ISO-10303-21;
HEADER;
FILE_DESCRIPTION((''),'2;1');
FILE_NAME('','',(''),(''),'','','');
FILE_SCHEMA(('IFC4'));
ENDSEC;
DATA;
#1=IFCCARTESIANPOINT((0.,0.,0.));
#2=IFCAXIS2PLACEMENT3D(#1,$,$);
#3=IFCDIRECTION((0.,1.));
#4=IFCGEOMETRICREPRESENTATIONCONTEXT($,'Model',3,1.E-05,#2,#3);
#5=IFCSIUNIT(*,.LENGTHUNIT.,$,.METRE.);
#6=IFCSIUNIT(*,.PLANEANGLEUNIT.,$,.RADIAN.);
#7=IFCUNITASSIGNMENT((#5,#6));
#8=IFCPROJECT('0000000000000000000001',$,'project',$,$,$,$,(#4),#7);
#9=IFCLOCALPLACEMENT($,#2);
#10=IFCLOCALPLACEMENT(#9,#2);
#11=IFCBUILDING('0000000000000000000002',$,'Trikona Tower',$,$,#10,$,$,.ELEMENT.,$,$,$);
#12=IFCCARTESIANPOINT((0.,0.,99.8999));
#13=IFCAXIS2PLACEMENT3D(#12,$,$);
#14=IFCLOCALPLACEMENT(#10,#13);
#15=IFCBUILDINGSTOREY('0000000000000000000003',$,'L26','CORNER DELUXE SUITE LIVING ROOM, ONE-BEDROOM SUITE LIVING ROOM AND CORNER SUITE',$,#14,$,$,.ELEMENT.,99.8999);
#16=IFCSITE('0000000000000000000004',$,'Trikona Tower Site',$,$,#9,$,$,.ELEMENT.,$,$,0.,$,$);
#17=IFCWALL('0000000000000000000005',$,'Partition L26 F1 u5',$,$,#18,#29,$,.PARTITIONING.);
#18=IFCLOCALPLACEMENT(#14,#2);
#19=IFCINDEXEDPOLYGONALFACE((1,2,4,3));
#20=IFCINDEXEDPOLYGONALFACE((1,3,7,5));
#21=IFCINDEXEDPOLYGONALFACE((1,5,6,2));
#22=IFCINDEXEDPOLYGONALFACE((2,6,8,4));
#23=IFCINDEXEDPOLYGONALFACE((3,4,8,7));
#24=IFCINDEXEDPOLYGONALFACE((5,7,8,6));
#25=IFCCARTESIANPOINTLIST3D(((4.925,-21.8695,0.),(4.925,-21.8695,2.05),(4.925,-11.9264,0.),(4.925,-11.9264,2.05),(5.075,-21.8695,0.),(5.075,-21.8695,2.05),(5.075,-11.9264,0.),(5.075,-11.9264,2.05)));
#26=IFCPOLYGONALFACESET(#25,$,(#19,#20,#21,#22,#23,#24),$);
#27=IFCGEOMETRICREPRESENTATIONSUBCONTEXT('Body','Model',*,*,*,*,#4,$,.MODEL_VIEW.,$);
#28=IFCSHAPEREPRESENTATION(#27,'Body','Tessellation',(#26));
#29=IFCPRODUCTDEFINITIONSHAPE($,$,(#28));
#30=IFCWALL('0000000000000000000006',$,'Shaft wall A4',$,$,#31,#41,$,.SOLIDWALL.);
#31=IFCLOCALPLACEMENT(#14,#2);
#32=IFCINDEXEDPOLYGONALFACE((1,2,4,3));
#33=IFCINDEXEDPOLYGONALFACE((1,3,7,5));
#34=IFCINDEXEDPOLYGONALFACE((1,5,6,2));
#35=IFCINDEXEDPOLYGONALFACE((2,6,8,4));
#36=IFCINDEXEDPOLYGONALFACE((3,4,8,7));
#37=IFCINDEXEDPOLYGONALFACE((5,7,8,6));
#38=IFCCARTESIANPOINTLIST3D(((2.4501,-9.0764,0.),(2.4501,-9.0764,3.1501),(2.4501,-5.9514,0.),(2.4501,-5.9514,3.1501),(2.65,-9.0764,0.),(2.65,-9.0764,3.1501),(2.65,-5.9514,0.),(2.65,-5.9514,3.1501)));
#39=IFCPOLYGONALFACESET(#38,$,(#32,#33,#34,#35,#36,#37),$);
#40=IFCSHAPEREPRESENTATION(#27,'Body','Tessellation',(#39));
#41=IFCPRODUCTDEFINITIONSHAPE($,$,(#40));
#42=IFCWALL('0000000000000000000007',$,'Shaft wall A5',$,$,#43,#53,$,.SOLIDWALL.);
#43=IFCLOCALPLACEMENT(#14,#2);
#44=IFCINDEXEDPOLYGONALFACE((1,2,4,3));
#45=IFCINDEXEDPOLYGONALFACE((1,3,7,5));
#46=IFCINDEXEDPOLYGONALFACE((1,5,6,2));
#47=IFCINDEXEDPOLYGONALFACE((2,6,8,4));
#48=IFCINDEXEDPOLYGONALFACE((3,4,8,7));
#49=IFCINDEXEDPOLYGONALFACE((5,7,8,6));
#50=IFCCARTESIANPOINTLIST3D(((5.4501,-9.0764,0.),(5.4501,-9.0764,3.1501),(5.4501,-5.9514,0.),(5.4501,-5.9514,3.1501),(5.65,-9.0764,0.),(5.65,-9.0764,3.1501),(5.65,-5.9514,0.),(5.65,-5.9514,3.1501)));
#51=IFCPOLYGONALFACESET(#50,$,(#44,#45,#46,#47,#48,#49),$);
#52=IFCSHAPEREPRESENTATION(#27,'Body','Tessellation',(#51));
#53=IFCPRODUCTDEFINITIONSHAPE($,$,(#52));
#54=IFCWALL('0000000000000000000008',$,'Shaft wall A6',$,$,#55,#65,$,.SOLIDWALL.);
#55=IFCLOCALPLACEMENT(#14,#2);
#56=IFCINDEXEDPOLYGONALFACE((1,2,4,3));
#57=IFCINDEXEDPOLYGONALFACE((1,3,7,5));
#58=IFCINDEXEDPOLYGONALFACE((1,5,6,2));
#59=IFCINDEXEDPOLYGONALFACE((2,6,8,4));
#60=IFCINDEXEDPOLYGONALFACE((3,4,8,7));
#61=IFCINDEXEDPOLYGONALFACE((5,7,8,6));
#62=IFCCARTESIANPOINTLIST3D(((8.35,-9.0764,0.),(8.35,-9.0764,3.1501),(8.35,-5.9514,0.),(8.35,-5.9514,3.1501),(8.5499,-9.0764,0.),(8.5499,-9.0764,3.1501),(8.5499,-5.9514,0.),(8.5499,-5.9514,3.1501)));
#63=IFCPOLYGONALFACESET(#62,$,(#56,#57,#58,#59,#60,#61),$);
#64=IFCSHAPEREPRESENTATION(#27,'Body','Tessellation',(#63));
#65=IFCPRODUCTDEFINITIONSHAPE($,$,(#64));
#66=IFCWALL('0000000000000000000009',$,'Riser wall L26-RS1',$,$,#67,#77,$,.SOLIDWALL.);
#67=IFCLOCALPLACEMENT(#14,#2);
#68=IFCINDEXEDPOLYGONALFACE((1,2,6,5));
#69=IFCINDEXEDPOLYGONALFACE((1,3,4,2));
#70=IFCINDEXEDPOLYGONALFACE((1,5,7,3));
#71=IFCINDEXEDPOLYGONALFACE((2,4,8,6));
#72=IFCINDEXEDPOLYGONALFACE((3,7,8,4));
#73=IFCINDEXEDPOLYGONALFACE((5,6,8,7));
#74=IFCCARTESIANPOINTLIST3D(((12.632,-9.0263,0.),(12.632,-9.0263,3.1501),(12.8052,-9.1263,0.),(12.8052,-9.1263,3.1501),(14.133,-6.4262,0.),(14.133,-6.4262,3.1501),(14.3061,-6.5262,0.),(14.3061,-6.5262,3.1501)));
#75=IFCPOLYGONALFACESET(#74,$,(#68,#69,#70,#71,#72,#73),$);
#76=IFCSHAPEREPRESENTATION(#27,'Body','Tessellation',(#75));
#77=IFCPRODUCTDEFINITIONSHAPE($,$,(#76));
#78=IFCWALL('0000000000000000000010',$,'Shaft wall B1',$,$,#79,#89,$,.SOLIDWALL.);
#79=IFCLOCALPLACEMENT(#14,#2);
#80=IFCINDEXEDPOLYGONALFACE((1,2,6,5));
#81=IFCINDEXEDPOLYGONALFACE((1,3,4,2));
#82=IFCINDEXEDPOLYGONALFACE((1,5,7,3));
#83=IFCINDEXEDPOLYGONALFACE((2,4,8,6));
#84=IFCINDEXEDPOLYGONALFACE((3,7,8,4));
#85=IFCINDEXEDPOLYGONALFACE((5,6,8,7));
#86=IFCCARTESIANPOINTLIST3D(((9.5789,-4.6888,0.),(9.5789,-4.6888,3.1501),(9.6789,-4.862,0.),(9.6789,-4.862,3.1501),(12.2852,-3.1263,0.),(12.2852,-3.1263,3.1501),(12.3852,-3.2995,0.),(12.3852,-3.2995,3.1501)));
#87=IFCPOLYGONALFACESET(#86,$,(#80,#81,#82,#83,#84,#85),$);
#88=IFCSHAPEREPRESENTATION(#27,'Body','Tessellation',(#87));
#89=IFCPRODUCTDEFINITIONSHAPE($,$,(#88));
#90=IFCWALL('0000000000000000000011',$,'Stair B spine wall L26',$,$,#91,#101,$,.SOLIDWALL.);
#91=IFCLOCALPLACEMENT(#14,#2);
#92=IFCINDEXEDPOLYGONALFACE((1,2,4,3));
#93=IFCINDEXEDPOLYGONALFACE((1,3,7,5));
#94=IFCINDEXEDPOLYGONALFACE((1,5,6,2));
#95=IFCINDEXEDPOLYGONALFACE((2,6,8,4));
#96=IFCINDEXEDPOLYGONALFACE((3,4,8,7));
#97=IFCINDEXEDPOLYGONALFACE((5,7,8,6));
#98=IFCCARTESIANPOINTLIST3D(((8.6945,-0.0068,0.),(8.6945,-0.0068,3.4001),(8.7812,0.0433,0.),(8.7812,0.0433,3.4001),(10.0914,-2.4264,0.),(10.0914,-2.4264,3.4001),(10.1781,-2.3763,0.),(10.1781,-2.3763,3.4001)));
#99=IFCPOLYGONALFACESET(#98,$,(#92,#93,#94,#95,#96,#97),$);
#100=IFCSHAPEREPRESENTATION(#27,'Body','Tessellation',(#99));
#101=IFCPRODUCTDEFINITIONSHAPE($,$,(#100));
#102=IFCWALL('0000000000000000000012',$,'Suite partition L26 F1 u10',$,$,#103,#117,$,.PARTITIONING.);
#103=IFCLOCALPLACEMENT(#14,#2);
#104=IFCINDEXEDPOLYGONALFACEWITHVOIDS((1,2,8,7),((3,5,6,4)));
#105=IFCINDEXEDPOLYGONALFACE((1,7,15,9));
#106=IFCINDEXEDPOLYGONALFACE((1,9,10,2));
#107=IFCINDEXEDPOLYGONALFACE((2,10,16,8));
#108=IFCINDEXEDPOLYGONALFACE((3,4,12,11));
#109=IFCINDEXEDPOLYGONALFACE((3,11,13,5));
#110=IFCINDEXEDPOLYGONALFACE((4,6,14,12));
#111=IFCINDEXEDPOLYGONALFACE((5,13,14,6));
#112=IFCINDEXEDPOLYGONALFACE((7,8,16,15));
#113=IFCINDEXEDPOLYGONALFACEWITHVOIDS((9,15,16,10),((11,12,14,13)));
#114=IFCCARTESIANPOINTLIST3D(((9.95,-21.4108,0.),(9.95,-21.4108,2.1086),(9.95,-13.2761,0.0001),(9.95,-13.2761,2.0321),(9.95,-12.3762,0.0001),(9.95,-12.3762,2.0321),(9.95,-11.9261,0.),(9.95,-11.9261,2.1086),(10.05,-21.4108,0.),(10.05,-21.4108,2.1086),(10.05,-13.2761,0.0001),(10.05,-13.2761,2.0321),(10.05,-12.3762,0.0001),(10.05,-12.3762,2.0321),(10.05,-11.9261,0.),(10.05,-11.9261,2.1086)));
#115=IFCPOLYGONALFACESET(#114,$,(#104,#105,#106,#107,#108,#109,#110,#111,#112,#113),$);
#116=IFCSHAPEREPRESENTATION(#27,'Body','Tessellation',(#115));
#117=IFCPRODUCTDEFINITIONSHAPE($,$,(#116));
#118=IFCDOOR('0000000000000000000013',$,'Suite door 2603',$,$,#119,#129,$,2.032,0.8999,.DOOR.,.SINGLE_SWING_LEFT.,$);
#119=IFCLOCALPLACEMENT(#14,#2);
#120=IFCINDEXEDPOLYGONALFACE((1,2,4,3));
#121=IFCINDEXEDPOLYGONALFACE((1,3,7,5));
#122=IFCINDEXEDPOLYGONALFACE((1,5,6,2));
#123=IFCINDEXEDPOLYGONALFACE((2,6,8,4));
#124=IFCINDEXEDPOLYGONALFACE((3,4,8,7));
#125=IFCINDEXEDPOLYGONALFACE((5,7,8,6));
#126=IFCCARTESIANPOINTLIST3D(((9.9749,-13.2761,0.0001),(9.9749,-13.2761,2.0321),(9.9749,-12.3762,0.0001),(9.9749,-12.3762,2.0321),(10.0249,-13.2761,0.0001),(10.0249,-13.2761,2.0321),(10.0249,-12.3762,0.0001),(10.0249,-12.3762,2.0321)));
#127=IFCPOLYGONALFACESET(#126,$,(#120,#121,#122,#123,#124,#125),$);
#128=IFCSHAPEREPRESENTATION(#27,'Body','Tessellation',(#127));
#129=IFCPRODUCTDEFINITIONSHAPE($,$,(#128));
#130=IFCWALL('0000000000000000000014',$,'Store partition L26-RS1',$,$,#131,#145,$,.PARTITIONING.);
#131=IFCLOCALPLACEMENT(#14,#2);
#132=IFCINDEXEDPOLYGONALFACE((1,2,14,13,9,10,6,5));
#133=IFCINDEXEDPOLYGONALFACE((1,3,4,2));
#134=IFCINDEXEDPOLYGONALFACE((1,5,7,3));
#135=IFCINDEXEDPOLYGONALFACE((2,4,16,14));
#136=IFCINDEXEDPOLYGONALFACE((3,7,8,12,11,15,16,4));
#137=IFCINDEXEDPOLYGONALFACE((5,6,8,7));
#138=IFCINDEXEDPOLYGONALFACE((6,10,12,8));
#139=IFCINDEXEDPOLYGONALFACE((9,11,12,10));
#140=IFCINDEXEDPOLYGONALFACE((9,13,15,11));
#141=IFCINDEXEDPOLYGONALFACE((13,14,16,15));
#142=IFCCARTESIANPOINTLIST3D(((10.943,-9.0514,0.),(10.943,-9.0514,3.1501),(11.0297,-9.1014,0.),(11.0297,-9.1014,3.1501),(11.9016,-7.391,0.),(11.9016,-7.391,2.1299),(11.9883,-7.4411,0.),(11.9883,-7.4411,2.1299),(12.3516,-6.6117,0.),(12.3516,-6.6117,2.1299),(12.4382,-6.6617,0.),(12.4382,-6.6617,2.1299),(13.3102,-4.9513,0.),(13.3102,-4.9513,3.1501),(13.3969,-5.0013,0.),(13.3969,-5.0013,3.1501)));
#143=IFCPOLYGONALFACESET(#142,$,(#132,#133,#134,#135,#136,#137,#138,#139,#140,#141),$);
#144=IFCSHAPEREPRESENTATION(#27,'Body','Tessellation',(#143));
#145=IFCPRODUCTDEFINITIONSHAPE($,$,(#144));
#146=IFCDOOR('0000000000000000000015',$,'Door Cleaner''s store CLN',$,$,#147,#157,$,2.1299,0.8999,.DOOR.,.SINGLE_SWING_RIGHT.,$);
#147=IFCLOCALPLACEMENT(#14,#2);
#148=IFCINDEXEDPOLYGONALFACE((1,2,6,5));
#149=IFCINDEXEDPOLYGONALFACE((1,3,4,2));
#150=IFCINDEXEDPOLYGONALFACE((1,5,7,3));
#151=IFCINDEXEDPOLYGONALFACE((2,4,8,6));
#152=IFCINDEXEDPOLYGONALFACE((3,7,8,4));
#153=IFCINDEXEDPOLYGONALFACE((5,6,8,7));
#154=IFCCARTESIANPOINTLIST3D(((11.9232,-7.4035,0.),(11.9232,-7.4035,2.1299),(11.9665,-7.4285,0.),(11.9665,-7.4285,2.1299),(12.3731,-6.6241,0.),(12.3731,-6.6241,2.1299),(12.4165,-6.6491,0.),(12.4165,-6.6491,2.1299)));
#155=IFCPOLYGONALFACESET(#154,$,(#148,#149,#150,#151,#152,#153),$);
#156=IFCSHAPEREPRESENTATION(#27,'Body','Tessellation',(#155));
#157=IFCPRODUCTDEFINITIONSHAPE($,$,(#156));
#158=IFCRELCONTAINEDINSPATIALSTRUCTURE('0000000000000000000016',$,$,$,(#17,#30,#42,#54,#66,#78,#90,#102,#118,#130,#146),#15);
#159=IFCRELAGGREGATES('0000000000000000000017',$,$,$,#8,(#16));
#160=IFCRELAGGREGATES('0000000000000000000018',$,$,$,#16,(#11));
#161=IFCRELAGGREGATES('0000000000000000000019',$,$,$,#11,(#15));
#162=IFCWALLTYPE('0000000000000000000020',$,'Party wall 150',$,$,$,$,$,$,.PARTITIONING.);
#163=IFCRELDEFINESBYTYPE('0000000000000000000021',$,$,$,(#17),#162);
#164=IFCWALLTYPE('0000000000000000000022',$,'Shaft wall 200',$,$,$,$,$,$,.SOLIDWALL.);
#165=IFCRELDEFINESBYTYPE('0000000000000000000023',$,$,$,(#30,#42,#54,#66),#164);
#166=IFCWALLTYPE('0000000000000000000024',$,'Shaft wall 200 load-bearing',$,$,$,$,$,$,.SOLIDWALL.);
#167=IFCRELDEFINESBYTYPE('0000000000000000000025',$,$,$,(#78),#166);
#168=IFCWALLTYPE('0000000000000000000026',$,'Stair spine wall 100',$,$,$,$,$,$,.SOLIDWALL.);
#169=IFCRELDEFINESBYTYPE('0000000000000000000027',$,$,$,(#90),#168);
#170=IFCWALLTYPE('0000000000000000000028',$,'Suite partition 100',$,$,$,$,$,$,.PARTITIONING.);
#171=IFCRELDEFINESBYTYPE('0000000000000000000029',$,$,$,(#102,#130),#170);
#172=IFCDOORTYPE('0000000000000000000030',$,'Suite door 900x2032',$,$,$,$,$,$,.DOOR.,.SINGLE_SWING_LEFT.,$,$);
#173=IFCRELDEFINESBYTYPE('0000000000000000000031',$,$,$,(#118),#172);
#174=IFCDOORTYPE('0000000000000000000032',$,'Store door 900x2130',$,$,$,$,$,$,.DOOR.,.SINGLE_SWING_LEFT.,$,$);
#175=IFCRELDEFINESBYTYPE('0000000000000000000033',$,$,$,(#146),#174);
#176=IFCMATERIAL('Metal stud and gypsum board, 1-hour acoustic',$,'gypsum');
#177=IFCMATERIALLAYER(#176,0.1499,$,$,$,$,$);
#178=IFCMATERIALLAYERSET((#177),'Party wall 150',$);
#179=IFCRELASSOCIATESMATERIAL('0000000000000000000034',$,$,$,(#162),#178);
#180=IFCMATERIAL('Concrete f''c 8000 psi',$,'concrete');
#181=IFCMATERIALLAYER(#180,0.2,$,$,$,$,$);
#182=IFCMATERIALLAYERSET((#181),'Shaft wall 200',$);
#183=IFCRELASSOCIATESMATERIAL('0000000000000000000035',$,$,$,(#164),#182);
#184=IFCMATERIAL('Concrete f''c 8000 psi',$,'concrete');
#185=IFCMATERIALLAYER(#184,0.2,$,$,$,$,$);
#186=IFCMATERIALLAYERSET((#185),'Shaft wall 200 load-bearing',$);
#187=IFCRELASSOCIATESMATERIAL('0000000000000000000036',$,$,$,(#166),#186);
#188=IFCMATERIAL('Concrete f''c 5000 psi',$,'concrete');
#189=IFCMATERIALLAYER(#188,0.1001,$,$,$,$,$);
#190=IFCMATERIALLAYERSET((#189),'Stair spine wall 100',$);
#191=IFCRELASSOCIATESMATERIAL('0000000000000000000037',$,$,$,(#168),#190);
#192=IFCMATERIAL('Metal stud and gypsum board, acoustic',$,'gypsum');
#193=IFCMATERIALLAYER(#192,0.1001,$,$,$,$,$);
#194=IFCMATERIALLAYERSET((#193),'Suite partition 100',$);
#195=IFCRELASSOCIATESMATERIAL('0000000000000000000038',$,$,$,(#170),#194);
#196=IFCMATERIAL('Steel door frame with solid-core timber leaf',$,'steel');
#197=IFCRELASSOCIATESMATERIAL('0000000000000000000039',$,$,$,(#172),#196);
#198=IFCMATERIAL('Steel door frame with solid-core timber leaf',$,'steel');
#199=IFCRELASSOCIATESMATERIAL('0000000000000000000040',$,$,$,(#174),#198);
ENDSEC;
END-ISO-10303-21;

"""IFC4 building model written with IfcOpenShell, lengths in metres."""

from ifc_helpers import new_model, si_unit, direction, frame, frame_2d, origin, place, context, subcontext, project, spatial, rectangle, extrude, material, layer, layer_set, type_object, element, fill, save


model = new_model("IFC4")

# Units and contexts
model_context = context("Model", 3, precision=1e-05, world=origin(), true_north=direction((0.0, 1.0)))
body_context = subcontext(model_context, "Body", "Model", "MODEL_VIEW")
ifc_project = project(units=[si_unit("LENGTHUNIT", "METRE"), si_unit("PLANEANGLEUNIT", "RADIAN")], contexts=[model_context])

# Site, building, storey
site_placement = place(None, origin())
site = spatial("IfcSite", under=ifc_project, at=site_placement, Name="Trikona Tower Site", CompositionType="ELEMENT", RefElevation=0.0)
building_placement = place(site_placement, origin())
building = spatial("IfcBuilding", under=site, at=building_placement, Name="Trikona Tower", CompositionType="ELEMENT")
storey_placement = place(building_placement, frame((0.0, 0.0, 99.8999)))
storey = spatial("IfcBuildingStorey", under=building, at=storey_placement, Name="L26", Description="CORNER DELUXE SUITE LIVING ROOM, ONE-BEDROOM SUITE LIVING ROOM AND CORNER SUITE", CompositionType="ELEMENT", Elevation=99.8999)

# Walls
ifc_material_1 = material(Name="Metal stud and gypsum board, 1-hour acoustic", Category="gypsum")
ifc_layer_1 = layer(ifc_material_1, 0.1499)
ifc_layer_set_1 = layer_set([ifc_layer_1], Name="Party wall 150")
wall_type_1 = type_object("IfcWallType", Name="Party wall 150", PredefinedType="PARTITIONING", material=ifc_layer_set_1)
wall_1_placement = place(storey_placement, frame((5.0, -11.9263, 0.0), z_axis=(0.0, 0.0, 1.0), x_axis=(0.0, -1.0, 0.0)))
element("IfcWall", 1, at=wall_1_placement, inside=storey, type_object=wall_type_1, Name="Partition L26 F1 u5", PredefinedType="PARTITIONING", context=body_context, shape_type="SweptSolid", body=[
    extrude(rectangle(XDim=9.9431, YDim=0.1499, at=frame_2d((4.9717, 0.0))), origin(), (0.0, 0.0, 1.0), 2.05),
])
ifc_material_2 = material(Name="Concrete f'c 8000 psi", Category="concrete")
ifc_layer_2 = layer(ifc_material_2, 0.2)
ifc_layer_set_2 = layer_set([ifc_layer_2], Name="Shaft wall 200")
wall_type_2 = type_object("IfcWallType", Name="Shaft wall 200", PredefinedType="SOLIDWALL", material=ifc_layer_set_2)
for number, where, z_axis, x_axis, name in (
    (2, (2.55, -5.9514, 0.0), (0.0, 0.0, 1.0), (0.0, -1.0, 0.0), "Shaft wall A4"),
    (3, (5.55, -5.9514, 0.0), (0.0, 0.0, 1.0), (0.0, -1.0, 0.0), "Shaft wall A5"),
    (4, (8.45, -5.9514, 0.0), (0.0, 0.0, 1.0), (0.0, -1.0, 0.0), "Shaft wall A6"),
):
    element("IfcWall", number, at=place(storey_placement, frame(where, z_axis=z_axis, x_axis=x_axis)), inside=storey, type_object=wall_type_2, Name=name, PredefinedType="SOLIDWALL", context=body_context, shape_type="SweptSolid", body=[
        extrude(rectangle(XDim=3.125, YDim=0.2, at=frame_2d((1.5625, 0.0))), origin(), (0.0, 0.0, 1.0), 3.1501),
    ])
wall_2_placement = place(storey_placement, frame((14.2195, -6.4763, 0.0), z_axis=(0.0, 0.0, 1.0), x_axis=(-0.499952, -0.866053, 0.0)))
element("IfcWall", 5, at=wall_2_placement, inside=storey, type_object=wall_type_2, Name="Riser wall L26-RS1", PredefinedType="SOLIDWALL", context=body_context, shape_type="SweptSolid", body=[
    extrude(rectangle(XDim=3.0022, YDim=0.2, at=frame_2d((1.501, 0.0))), origin(), (0.0, 0.0, 1.0), 3.1501),
])
ifc_material_3 = material(Name="Concrete f'c 8000 psi", Category="concrete")
ifc_layer_3 = layer(ifc_material_3, 0.2)
ifc_layer_set_3 = layer_set([ifc_layer_3], Name="Shaft wall 200 load-bearing")
wall_type_3 = type_object("IfcWallType", Name="Shaft wall 200 load-bearing", PredefinedType="SOLIDWALL", material=ifc_layer_set_3)
wall_3_placement = place(storey_placement, frame((9.6289, -4.7754, 0.0), z_axis=(0.0, 0.0, 1.0), x_axis=(0.866023, 0.500004, 0.0)))
element("IfcWall", 6, at=wall_3_placement, inside=storey, type_object=wall_type_3, Name="Shaft wall B1", PredefinedType="SOLIDWALL", context=body_context, shape_type="SweptSolid", body=[
    extrude(rectangle(XDim=3.125, YDim=0.2, at=frame_2d((1.5625, 0.0))), origin(), (0.0, 0.0, 1.0), 3.1501),
])
ifc_material_4 = material(Name="Concrete f'c 5000 psi", Category="concrete")
ifc_layer_4 = layer(ifc_material_4, 0.1001)
ifc_layer_set_4 = layer_set([ifc_layer_4], Name="Stair spine wall 100")
wall_type_4 = type_object("IfcWallType", Name="Stair spine wall 100", PredefinedType="SOLIDWALL", material=ifc_layer_set_4)
wall_4_placement = place(storey_placement, frame((10.1348, -2.4014, 0.0), z_axis=(0.0, 0.0, 1.0), x_axis=(-0.499992, 0.86603, 0.0)))
element("IfcWall", 7, at=wall_4_placement, inside=storey, type_object=wall_type_4, Name="Stair B spine wall L26", PredefinedType="SOLIDWALL", context=body_context, shape_type="SweptSolid", body=[
    extrude(rectangle(XDim=2.7939, YDim=0.1001, at=frame_2d((1.397, 0.0))), origin(), (0.0, 0.0, 1.0), 3.4001),
])

# Walls, openings, doors
ifc_material_5 = material(Name="Metal stud and gypsum board, acoustic", Category="gypsum")
ifc_layer_5 = layer(ifc_material_5, 0.1001)
ifc_layer_set_5 = layer_set([ifc_layer_5], Name="Suite partition 100")
wall_type_5 = type_object("IfcWallType", Name="Suite partition 100", PredefinedType="PARTITIONING", material=ifc_layer_set_5)
wall_5_placement = place(storey_placement, frame((10.0, -11.9263, 0.0), z_axis=(0.0, 0.0, 1.0), x_axis=(0.0, -1.0, 0.0)))
wall_5 = element("IfcWall", 8, at=wall_5_placement, inside=storey, type_object=wall_type_5, Name="Suite partition L26 F1 u10", PredefinedType="PARTITIONING", context=body_context, shape_type="SweptSolid", body=[
    extrude(rectangle(XDim=9.4846, YDim=0.1001, at=frame_2d((4.7422, 0.0))), origin(), (0.0, 0.0, 1.0), 2.1086),
])
opening_1_placement = place(wall_5_placement, frame((0.45, 0.0, 0.0)))
opening_1 = element("IfcOpeningElement", 9, at=opening_1_placement, cuts=wall_5, PredefinedType="OPENING", context=body_context, shape_type="SweptSolid", body=[
    extrude(rectangle(XDim=0.8999, YDim=2.032, at=frame_2d((0.45, 1.0161))), frame((0.0, 0.0601, 0.0), z_axis=(0.0, -1.0, 0.0), x_axis=(1.0, 0.0, 0.0)), (0.0, 0.0, 1.0), 0.1201),
])
ifc_material_6 = material(Name="Steel door frame with solid-core timber leaf", Category="steel")
door_type_1 = type_object("IfcDoorType", Name="Suite door 900x2032", OperationType="SINGLE_SWING_LEFT", PredefinedType="DOOR", material=ifc_material_6)
door_1_placement = place(opening_1_placement, origin())
door_1 = element("IfcDoor", 10, at=door_1_placement, inside=storey, type_object=door_type_1, Name="Suite door 2603", OperationType="SINGLE_SWING_LEFT", OverallHeight=2.032, OverallWidth=0.8999, PredefinedType="DOOR", context=body_context, shape_type="SweptSolid", body=[
    extrude(rectangle(XDim=0.8999, YDim=2.032, at=frame_2d((0.45, 1.0161))), frame((0.0, 0.0249, 0.0), z_axis=(0.0, -1.0, 0.0), x_axis=(1.0, 0.0, 0.0)), (0.0, 0.0, 1.0), 0.05),
])
fill(opening_1, door_1)
wall_6_placement = place(storey_placement, frame((13.3535, -4.9763, 0.0), z_axis=(0.0, 0.0, 1.0), x_axis=(-0.499999, -0.866026, 0.0)))
wall_6 = element("IfcWall", 11, at=wall_6_placement, inside=storey, type_object=wall_type_5, Name="Store partition L26-RS1", PredefinedType="PARTITIONING", context=body_context, shape_type="SweptSolid", body=[
    extrude(rectangle(XDim=4.7344, YDim=0.1001, at=frame_2d((2.3672, 0.0))), origin(), (0.0, 0.0, 1.0), 3.1501),
])
opening_2_placement = place(wall_6_placement, frame((1.9172, 0.0, 0.0)))
opening_2 = element("IfcOpeningElement", 12, at=opening_2_placement, cuts=wall_6, PredefinedType="OPENING", context=body_context, shape_type="SweptSolid", body=[
    extrude(rectangle(XDim=0.8999, YDim=2.1299, at=frame_2d((0.45, 1.0649))), frame((0.0, 0.0601, 0.0), z_axis=(0.0, -1.0, 0.0), x_axis=(1.0, 0.0, 0.0)), (0.0, 0.0, 1.0), 0.1201),
])
ifc_material_7 = material(Name="Steel door frame with solid-core timber leaf", Category="steel")
door_type_2 = type_object("IfcDoorType", Name="Store door 900x2130", OperationType="SINGLE_SWING_LEFT", PredefinedType="DOOR", material=ifc_material_7)
door_2_placement = place(opening_2_placement, origin())
door_2 = element("IfcDoor", 13, at=door_2_placement, inside=storey, type_object=door_type_2, Name="Door Cleaner's store CLN", OperationType="SINGLE_SWING_RIGHT", OverallHeight=2.1299, OverallWidth=0.8999, PredefinedType="DOOR", context=body_context, shape_type="SweptSolid", body=[
    extrude(rectangle(XDim=0.8999, YDim=2.1299, at=frame_2d((0.45, 1.0649))), frame((0.0, 0.0249, 0.0), z_axis=(0.0, -1.0, 0.0), x_axis=(1.0, 0.0, 0.0)), (0.0, 0.0, 1.0), 0.05),
])
fill(opening_2, door_2)

save(model, "model.ifc")
